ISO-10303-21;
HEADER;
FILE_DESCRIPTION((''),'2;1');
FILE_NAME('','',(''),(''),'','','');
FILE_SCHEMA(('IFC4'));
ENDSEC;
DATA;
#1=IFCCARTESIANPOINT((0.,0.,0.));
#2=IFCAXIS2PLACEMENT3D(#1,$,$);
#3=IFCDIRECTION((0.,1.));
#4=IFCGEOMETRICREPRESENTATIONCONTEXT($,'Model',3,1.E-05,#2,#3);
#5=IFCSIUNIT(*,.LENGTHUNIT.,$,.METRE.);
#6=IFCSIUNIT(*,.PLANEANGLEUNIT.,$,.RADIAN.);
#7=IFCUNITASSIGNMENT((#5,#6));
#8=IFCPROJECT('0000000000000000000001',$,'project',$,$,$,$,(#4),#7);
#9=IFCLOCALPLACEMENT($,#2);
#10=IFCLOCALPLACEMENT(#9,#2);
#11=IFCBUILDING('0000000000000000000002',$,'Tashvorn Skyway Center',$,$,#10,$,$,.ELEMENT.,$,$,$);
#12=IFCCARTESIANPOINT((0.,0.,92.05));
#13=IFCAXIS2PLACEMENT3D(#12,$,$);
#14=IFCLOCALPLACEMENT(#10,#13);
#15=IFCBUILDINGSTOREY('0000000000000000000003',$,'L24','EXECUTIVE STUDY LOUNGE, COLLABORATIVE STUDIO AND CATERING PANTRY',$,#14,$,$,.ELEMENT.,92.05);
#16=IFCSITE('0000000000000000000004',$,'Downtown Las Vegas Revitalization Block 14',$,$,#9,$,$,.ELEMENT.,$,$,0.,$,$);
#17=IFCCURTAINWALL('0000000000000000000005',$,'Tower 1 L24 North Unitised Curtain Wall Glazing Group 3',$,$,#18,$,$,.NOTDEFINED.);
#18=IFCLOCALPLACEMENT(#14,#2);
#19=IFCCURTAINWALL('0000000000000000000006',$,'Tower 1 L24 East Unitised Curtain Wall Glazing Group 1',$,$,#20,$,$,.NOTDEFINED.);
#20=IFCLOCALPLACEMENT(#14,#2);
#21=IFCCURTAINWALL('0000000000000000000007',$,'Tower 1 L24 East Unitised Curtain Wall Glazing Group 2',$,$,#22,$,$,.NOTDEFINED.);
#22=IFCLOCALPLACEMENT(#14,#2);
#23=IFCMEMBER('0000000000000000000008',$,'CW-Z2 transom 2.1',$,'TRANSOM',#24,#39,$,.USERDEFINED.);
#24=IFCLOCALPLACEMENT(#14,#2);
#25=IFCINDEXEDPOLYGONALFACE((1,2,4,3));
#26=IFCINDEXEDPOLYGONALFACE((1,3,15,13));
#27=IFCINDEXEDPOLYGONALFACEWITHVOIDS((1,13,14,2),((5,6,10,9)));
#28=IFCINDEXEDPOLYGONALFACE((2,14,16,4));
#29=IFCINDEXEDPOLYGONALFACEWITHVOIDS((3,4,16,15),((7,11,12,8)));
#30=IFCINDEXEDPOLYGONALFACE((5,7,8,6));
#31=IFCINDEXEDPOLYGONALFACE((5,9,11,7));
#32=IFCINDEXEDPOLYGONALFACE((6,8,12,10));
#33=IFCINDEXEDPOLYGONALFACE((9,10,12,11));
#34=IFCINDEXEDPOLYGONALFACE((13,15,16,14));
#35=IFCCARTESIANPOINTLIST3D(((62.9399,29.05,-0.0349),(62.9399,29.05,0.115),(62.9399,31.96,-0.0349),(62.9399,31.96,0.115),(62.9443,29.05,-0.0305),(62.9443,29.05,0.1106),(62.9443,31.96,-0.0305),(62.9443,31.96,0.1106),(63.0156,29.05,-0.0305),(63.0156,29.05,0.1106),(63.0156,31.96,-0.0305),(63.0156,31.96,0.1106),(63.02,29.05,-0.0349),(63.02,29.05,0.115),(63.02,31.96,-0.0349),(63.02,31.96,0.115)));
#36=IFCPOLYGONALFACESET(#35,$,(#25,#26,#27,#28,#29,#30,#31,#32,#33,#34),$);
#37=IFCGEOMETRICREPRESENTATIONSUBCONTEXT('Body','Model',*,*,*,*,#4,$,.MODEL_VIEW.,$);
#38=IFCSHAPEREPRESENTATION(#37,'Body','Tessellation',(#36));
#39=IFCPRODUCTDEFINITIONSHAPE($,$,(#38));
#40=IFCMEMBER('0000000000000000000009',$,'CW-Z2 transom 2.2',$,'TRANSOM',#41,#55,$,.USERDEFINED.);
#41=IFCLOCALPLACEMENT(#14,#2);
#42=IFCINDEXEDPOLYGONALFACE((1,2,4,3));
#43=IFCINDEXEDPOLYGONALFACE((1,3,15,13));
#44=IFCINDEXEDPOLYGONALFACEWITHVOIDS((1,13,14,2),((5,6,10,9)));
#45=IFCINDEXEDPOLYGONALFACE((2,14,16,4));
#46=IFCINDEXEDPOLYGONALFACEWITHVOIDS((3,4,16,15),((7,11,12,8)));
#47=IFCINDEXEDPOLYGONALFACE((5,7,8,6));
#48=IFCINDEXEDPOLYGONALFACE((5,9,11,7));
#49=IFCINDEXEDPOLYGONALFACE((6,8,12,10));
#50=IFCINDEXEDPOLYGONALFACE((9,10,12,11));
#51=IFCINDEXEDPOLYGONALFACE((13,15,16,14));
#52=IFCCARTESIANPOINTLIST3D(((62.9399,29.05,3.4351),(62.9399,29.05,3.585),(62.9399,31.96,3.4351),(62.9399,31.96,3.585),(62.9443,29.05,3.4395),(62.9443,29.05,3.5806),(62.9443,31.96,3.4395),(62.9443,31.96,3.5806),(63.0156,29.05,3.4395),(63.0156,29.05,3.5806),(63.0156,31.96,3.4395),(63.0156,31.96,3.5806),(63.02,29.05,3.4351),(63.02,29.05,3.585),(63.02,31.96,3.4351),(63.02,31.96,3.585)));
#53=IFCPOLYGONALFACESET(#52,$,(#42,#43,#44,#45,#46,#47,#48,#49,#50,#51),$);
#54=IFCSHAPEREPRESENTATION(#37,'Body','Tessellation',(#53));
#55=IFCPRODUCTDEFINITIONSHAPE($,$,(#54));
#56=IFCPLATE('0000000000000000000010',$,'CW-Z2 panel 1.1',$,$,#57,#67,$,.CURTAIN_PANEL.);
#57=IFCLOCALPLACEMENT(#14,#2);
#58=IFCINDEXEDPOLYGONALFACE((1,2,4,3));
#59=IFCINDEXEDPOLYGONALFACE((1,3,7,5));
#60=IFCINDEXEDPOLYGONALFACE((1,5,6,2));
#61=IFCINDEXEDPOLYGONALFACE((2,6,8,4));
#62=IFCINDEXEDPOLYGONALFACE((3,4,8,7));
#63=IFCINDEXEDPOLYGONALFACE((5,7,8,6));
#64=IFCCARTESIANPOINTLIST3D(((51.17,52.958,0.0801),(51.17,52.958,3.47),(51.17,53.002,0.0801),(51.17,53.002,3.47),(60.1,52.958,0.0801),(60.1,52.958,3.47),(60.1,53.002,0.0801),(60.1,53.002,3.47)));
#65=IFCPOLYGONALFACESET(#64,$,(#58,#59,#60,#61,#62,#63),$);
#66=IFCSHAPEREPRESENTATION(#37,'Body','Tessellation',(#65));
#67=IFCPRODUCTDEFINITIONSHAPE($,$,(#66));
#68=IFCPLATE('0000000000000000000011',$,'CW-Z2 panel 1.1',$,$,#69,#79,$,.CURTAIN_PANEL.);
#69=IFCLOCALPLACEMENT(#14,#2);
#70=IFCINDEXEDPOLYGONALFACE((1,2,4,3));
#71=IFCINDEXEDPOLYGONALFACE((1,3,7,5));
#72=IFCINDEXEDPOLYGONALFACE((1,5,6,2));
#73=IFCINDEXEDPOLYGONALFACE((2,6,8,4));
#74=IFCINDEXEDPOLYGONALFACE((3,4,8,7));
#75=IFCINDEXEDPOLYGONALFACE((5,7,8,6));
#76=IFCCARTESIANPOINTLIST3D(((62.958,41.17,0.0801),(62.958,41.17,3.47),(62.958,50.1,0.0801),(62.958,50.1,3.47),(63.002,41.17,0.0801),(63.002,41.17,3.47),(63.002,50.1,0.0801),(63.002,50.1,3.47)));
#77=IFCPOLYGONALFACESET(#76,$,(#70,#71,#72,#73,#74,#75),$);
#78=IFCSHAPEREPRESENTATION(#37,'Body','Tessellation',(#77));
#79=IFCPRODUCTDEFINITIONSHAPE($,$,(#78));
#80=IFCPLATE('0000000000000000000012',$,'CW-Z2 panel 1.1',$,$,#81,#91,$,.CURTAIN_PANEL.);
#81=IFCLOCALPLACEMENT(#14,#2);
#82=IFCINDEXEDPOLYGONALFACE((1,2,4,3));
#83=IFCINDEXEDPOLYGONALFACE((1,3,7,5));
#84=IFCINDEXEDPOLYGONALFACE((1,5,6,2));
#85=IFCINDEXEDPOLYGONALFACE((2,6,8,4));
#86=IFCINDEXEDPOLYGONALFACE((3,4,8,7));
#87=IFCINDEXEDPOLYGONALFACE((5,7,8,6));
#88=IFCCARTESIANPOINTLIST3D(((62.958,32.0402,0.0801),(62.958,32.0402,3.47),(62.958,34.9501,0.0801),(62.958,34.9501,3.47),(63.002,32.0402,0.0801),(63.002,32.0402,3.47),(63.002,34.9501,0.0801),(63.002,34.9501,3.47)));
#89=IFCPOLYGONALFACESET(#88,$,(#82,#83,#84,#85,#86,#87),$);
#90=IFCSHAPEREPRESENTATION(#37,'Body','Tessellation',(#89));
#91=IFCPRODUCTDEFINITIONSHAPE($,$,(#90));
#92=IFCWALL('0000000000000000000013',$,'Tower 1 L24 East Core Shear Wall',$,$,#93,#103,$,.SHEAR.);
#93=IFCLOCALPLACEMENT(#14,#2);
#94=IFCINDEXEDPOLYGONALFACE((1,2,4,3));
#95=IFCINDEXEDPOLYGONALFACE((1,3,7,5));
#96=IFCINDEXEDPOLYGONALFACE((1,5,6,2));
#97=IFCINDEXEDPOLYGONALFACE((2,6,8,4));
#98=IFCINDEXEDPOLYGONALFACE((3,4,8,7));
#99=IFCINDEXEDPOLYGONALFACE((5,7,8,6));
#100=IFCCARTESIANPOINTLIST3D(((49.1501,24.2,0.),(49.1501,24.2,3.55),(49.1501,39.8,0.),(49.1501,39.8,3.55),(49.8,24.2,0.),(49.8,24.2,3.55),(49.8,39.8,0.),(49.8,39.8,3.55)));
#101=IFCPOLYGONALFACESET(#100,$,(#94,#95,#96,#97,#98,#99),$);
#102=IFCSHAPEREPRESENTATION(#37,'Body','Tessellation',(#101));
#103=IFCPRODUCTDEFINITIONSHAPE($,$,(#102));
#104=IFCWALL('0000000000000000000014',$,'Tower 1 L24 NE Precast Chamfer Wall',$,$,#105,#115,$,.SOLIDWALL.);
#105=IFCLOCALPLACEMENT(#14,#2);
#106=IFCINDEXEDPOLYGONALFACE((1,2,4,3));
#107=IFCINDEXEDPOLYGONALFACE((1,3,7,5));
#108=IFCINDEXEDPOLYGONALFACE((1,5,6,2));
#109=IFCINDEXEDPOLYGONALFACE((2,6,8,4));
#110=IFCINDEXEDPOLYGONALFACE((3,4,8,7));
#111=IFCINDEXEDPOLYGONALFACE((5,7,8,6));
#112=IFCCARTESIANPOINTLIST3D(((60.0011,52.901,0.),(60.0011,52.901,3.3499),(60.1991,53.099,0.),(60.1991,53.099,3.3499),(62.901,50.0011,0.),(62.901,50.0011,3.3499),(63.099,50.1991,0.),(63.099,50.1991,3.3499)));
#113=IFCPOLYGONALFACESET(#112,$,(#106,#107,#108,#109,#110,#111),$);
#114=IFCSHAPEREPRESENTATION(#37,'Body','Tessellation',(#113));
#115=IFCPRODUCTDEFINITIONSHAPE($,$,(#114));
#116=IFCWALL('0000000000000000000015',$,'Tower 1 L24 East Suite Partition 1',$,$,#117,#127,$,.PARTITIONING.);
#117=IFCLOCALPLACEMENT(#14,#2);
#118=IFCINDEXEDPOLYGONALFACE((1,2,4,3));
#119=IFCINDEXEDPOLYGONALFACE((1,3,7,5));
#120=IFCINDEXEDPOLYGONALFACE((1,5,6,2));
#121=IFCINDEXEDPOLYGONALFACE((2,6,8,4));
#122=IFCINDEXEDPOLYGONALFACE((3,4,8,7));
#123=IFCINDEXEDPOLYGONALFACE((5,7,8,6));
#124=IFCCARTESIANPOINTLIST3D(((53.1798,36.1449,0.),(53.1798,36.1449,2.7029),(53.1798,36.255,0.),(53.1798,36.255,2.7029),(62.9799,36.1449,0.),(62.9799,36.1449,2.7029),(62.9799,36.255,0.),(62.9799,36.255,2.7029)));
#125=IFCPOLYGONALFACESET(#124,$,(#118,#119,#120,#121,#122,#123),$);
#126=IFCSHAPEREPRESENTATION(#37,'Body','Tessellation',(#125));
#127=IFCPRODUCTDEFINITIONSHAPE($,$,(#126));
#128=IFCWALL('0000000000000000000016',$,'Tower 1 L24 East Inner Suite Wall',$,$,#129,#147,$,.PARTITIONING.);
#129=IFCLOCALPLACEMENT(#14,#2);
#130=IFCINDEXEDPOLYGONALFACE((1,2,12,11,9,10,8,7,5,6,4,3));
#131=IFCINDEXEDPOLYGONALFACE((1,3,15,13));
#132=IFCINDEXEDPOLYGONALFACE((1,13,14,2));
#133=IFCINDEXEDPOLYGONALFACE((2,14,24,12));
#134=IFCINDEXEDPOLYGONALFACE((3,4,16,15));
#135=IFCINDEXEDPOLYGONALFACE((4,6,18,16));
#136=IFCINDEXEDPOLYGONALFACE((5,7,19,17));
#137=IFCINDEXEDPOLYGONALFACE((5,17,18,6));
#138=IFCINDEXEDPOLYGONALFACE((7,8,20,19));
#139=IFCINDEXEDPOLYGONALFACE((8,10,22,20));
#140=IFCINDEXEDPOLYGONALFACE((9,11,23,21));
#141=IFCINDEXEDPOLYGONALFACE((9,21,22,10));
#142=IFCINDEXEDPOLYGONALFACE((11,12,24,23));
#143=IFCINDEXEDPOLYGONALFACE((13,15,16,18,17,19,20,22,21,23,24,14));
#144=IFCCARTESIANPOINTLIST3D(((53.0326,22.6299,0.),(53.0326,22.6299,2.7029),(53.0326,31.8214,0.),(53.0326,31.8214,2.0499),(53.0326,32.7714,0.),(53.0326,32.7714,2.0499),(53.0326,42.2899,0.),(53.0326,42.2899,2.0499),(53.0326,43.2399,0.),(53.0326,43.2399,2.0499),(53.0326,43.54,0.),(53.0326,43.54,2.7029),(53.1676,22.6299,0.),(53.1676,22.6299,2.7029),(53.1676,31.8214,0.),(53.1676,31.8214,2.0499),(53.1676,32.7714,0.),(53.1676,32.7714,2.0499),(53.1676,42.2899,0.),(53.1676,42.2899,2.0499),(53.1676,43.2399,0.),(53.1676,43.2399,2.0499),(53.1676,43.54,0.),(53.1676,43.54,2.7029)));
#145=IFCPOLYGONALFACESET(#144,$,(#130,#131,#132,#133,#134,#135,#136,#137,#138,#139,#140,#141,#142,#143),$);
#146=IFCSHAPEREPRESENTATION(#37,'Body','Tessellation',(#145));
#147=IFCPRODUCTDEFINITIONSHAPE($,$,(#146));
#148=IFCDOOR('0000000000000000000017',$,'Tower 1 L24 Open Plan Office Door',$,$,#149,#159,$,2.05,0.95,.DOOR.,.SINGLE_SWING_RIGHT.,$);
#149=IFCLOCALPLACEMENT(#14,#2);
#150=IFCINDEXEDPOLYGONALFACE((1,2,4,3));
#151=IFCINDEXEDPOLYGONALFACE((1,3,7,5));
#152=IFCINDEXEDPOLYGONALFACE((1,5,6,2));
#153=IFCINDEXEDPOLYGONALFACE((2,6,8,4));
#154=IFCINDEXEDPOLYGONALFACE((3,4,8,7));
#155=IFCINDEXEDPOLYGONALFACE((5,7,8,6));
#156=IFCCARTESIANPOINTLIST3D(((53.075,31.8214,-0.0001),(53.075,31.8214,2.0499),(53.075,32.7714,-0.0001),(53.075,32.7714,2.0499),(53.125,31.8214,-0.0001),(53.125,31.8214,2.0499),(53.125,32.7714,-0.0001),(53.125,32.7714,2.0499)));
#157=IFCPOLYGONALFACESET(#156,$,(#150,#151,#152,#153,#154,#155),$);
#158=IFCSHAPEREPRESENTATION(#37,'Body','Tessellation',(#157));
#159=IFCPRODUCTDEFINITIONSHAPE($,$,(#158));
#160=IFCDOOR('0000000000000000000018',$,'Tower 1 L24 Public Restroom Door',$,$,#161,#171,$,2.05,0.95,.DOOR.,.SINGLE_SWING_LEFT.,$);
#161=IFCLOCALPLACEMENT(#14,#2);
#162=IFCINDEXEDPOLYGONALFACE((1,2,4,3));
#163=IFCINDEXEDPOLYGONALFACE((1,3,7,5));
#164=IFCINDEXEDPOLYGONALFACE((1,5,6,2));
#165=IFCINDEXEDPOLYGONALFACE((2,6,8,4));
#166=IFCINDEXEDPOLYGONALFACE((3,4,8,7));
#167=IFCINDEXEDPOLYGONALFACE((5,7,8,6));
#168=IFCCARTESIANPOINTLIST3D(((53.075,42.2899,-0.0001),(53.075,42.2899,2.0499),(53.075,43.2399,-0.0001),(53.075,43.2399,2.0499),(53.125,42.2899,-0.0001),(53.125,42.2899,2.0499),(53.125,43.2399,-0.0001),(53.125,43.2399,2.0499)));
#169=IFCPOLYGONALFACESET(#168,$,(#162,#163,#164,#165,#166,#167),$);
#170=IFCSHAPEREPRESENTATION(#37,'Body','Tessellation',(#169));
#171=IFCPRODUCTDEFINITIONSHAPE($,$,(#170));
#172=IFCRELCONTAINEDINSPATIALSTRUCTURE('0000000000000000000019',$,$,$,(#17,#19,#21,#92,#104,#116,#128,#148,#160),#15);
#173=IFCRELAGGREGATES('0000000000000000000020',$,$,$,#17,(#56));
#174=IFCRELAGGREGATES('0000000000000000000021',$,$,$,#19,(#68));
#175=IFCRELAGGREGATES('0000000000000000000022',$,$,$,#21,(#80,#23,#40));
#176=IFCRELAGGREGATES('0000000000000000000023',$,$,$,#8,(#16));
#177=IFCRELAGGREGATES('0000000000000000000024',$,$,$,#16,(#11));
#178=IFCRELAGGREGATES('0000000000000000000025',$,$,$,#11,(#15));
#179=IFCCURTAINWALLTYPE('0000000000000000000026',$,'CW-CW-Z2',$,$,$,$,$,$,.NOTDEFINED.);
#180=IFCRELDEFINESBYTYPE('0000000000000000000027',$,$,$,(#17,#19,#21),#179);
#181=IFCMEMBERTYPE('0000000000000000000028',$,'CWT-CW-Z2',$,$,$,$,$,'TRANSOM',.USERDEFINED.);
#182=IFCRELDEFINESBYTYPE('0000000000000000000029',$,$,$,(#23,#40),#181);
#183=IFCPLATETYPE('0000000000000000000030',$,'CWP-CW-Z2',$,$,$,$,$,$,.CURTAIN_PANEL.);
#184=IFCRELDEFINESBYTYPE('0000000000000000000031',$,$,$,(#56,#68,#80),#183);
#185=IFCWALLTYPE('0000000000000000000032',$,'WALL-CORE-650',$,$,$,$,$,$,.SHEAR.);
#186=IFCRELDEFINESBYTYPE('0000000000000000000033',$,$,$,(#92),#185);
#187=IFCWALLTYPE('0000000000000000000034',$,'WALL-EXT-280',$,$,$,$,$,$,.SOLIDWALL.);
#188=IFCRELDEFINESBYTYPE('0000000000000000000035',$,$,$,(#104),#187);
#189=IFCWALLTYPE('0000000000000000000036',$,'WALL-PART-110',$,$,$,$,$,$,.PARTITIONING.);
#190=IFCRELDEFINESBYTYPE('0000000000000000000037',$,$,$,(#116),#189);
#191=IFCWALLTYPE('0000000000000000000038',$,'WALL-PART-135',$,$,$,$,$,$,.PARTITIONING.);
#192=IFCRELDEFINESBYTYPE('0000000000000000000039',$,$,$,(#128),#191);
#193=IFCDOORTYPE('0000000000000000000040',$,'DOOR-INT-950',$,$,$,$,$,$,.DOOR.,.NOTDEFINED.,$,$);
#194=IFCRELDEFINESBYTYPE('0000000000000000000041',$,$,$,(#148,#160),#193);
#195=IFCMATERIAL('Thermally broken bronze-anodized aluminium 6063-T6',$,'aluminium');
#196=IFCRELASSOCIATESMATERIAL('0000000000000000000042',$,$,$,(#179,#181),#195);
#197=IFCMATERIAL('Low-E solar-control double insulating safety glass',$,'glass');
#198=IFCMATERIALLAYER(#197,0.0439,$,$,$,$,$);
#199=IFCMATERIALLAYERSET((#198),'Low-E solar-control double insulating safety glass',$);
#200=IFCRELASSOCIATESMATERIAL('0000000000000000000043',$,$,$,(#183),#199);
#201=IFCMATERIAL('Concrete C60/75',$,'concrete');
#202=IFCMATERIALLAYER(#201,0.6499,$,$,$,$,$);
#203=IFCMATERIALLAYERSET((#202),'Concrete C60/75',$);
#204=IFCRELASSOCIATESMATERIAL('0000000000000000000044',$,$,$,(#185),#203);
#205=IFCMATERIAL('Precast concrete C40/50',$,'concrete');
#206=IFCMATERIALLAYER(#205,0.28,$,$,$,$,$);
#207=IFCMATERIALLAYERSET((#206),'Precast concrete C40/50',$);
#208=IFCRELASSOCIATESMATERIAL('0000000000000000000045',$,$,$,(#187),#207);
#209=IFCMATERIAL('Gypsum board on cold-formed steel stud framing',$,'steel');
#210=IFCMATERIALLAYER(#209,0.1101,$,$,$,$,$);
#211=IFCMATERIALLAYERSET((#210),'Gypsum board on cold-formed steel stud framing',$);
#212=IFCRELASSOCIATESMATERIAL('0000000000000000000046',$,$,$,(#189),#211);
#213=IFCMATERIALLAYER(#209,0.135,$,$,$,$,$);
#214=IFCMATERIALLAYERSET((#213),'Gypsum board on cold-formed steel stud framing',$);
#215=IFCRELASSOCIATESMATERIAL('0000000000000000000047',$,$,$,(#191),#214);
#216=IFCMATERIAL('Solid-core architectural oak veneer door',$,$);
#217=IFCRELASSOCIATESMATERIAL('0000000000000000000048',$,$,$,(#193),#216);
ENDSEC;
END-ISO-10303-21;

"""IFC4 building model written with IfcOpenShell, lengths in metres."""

from ifc_helpers import new_model, si_unit, direction, frame, frame_2d, origin, origin_2d, place, context, subcontext, project, spatial, rectangle, hollow_rectangle, extrude, material, layer, layer_set, material_profile, profile_set, type_object, element, fill, aggregate, save


model = new_model("IFC4")

# Units and contexts
model_context = context("Model", 3, precision=1e-05, world=origin(), true_north=direction((0.0, 1.0)))
body_context = subcontext(model_context, "Body", "Model", "MODEL_VIEW")
ifc_project = project(units=[si_unit("LENGTHUNIT", "METRE"), si_unit("PLANEANGLEUNIT", "RADIAN")], contexts=[model_context])

# Site, building, storey
site_placement = place(None, origin())
site = spatial("IfcSite", under=ifc_project, at=site_placement, Name="Downtown Las Vegas Revitalization Block 14", CompositionType="ELEMENT", RefElevation=0.0)
building_placement = place(site_placement, origin())
building = spatial("IfcBuilding", under=site, at=building_placement, Name="Tashvorn Skyway Center", CompositionType="ELEMENT")
storey_placement = place(building_placement, frame((0.0, 0.0, 92.05)))
storey = spatial("IfcBuildingStorey", under=building, at=storey_placement, Name="L24", Description="EXECUTIVE STUDY LOUNGE, COLLABORATIVE STUDIO AND CATERING PANTRY", CompositionType="ELEMENT", Elevation=92.05)

# Curtain walls
ifc_material_1 = material(Name="Thermally broken bronze-anodized aluminium 6063-T6", Category="aluminium")
curtain_wall_type = type_object("IfcCurtainWallType", Name="CW-CW-Z2", PredefinedType="NOTDEFINED", material=ifc_material_1)
curtain_wall_1_placement = place(storey_placement, origin())
curtain_wall_1 = element("IfcCurtainWall", 1, at=curtain_wall_1_placement, inside=storey, type_object=curtain_wall_type, Name="Tower 1 L24 North Unitised Curtain Wall Glazing Group 3", PredefinedType="NOTDEFINED")
curtain_wall_2_placement = place(storey_placement, origin())
curtain_wall_2 = element("IfcCurtainWall", 2, at=curtain_wall_2_placement, inside=storey, type_object=curtain_wall_type, Name="Tower 1 L24 East Unitised Curtain Wall Glazing Group 1", PredefinedType="NOTDEFINED")
curtain_wall_3_placement = place(storey_placement, origin())
curtain_wall_3 = element("IfcCurtainWall", 3, at=curtain_wall_3_placement, inside=storey, type_object=curtain_wall_type, Name="Tower 1 L24 East Unitised Curtain Wall Glazing Group 2", PredefinedType="NOTDEFINED")

# Members
ifc_material_profile_1 = material_profile(ifc_material_1, hollow_rectangle(XDim=0.0801, YDim=0.1499, WallThickness=0.0044, at=origin_2d()), Name="ALU-TRAN-80x150")
ifc_profile_set_1 = profile_set([ifc_material_profile_1], Name="Thermally broken bronze-anodized aluminium 6063-T6")
member_type_1 = type_object("IfcMemberType", Name="CWT-CW-Z2", ElementType="TRANSOM", PredefinedType="USERDEFINED", material=ifc_profile_set_1)
member_1_placement = place(storey_placement, frame((62.98, 31.96, 0.04), z_axis=(0.0, -1.0, 0.0), x_axis=(1.0, 0.0, 0.0)))
member_1 = element("IfcMember", 4, at=member_1_placement, type_object=member_type_1, Name="CW-Z2 transom 2.1", ObjectType="TRANSOM", PredefinedType="USERDEFINED", context=body_context, shape_type="SweptSolid", body=[
    extrude(hollow_rectangle(XDim=0.0801, YDim=0.1499, WallThickness=0.0044, at=origin_2d()), origin(), (0.0, 0.0, 1.0), 2.9099),
])
member_2_placement = place(storey_placement, frame((62.98, 31.96, 3.51), z_axis=(0.0, -1.0, 0.0), x_axis=(1.0, 0.0, 0.0)))
member_2 = element("IfcMember", 5, at=member_2_placement, type_object=member_type_1, Name="CW-Z2 transom 2.2", ObjectType="TRANSOM", PredefinedType="USERDEFINED", context=body_context, shape_type="SweptSolid", body=[
    extrude(hollow_rectangle(XDim=0.0801, YDim=0.1499, WallThickness=0.0044, at=origin_2d()), origin(), (0.0, 0.0, 1.0), 2.9099),
])

# Plates
ifc_material_2 = material(Name="Low-E solar-control double insulating safety glass", Category="glass")
ifc_layer_1 = layer(ifc_material_2, 0.0439)
ifc_layer_set_1 = layer_set([ifc_layer_1], Name="Low-E solar-control double insulating safety glass")
plate_type = type_object("IfcPlateType", Name="CWP-CW-Z2", PredefinedType="CURTAIN_PANEL", material=ifc_layer_set_1)
plate_1_placement = place(storey_placement, frame((55.635, 52.98, 0.0801), z_axis=(0.0, 0.0, 1.0), x_axis=(1.0, 0.0, 0.0)))
plate_1 = element("IfcPlate", 6, at=plate_1_placement, type_object=plate_type, Name="CW-Z2 panel 1.1", PredefinedType="CURTAIN_PANEL", context=body_context, shape_type="SweptSolid", body=[
    extrude(rectangle(XDim=8.9299, YDim=0.0439, at=origin_2d()), origin(), (0.0, 0.0, 1.0), 3.3899),
])
aggregate(curtain_wall_1, [plate_1])
plate_2_placement = place(storey_placement, frame((62.98, 45.635, 0.0801), z_axis=(0.0, 0.0, 1.0), x_axis=(0.0, -1.0, 0.0)))
plate_2 = element("IfcPlate", 7, at=plate_2_placement, type_object=plate_type, Name="CW-Z2 panel 1.1", PredefinedType="CURTAIN_PANEL", context=body_context, shape_type="SweptSolid", body=[
    extrude(rectangle(XDim=8.9299, YDim=0.0439, at=origin_2d()), origin(), (0.0, 0.0, 1.0), 3.3899),
])
aggregate(curtain_wall_2, [plate_2])
plate_3_placement = place(storey_placement, frame((62.98, 33.4951, 0.0801), z_axis=(0.0, 0.0, 1.0), x_axis=(0.0, -1.0, 0.0)))
plate_3 = element("IfcPlate", 8, at=plate_3_placement, type_object=plate_type, Name="CW-Z2 panel 1.1", PredefinedType="CURTAIN_PANEL", context=body_context, shape_type="SweptSolid", body=[
    extrude(rectangle(XDim=2.9099, YDim=0.0439, at=origin_2d()), origin(), (0.0, 0.0, 1.0), 3.3899),
])
aggregate(curtain_wall_3, [plate_3, member_1, member_2])

# Walls
ifc_material_3 = material(Name="Concrete C60/75", Category="concrete")
ifc_layer_2 = layer(ifc_material_3, 0.6499)
ifc_layer_set_2 = layer_set([ifc_layer_2], Name="Concrete C60/75")
wall_type_1 = type_object("IfcWallType", Name="WALL-CORE-650", PredefinedType="SHEAR", material=ifc_layer_set_2)
wall_1_placement = place(storey_placement, frame((49.4751, 39.8, 0.0), z_axis=(0.0, 0.0, 1.0), x_axis=(0.0, -1.0, 0.0)))
element("IfcWall", 9, at=wall_1_placement, inside=storey, type_object=wall_type_1, Name="Tower 1 L24 East Core Shear Wall", PredefinedType="SHEAR", context=body_context, shape_type="SweptSolid", body=[
    extrude(rectangle(XDim=15.6001, YDim=0.6499, at=frame_2d((7.8, 0.0))), origin(), (0.0, 0.0, 1.0), 3.55),
])
ifc_material_4 = material(Name="Precast concrete C40/50", Category="concrete")
ifc_layer_3 = layer(ifc_material_4, 0.28)
ifc_layer_set_3 = layer_set([ifc_layer_3], Name="Precast concrete C40/50")
wall_type_2 = type_object("IfcWallType", Name="WALL-EXT-280", PredefinedType="SOLIDWALL", material=ifc_layer_set_3)
wall_2_placement = place(storey_placement, frame((60.1001, 53.0, 0.0), z_axis=(0.0, 0.0, 1.0), x_axis=(0.707107, -0.707107, 0.0)))
element("IfcWall", 10, at=wall_2_placement, inside=storey, type_object=wall_type_2, Name="Tower 1 L24 NE Precast Chamfer Wall", PredefinedType="SOLIDWALL", context=body_context, shape_type="SweptSolid", body=[
    extrude(rectangle(XDim=4.1011, YDim=0.28, at=frame_2d((2.0505, 0.0))), origin(), (0.0, 0.0, 1.0), 3.3499),
])
ifc_material_5 = material(Name="Gypsum board on cold-formed steel stud framing", Category="steel")
ifc_layer_4 = layer(ifc_material_5, 0.1101)
ifc_layer_set_4 = layer_set([ifc_layer_4], Name="Gypsum board on cold-formed steel stud framing")
wall_type_3 = type_object("IfcWallType", Name="WALL-PART-110", PredefinedType="PARTITIONING", material=ifc_layer_set_4)
wall_3_placement = place(storey_placement, frame((53.1799, 36.2, 0.0), z_axis=(0.0, 0.0, 1.0), x_axis=(1.0, 0.0, 0.0)))
element("IfcWall", 11, at=wall_3_placement, inside=storey, type_object=wall_type_3, Name="Tower 1 L24 East Suite Partition 1", PredefinedType="PARTITIONING", context=body_context, shape_type="SweptSolid", body=[
    extrude(rectangle(XDim=9.8, YDim=0.1101, at=frame_2d((4.8999, 0.0))), origin(), (0.0, 0.0, 1.0), 2.7029),
])

# Wall, openings, doors
ifc_layer_5 = layer(ifc_material_5, 0.135)
ifc_layer_set_5 = layer_set([ifc_layer_5], Name="Gypsum board on cold-formed steel stud framing")
wall_type_4 = type_object("IfcWallType", Name="WALL-PART-135", PredefinedType="PARTITIONING", material=ifc_layer_set_5)
wall_4_placement = place(storey_placement, frame((53.1001, 43.54, 0.0), z_axis=(0.0, 0.0, 1.0), x_axis=(0.0, -1.0, 0.0)))
wall_4 = element("IfcWall", 12, at=wall_4_placement, inside=storey, type_object=wall_type_4, Name="Tower 1 L24 East Inner Suite Wall", PredefinedType="PARTITIONING", context=body_context, shape_type="SweptSolid", body=[
    extrude(rectangle(XDim=20.9102, YDim=0.135, at=frame_2d((10.4551, 0.0))), origin(), (0.0, 0.0, 1.0), 2.7029),
])
opening_1_placement = place(wall_4_placement, frame((10.7686, 0.0, 0.0)))
opening_1 = element("IfcOpeningElement", 13, at=opening_1_placement, cuts=wall_4, PredefinedType="OPENING", context=body_context, shape_type="SweptSolid", body=[
    extrude(rectangle(XDim=0.95, YDim=2.05, at=frame_2d((0.4751, 1.0249))), frame((0.0, 0.0774, 0.0), z_axis=(0.0, -1.0, 0.0), x_axis=(1.0, 0.0, 0.0)), (0.0, 0.0, 1.0), 0.155),
])
opening_2_placement = place(wall_4_placement, frame((0.3, 0.0, 0.0)))
opening_2 = element("IfcOpeningElement", 14, at=opening_2_placement, cuts=wall_4, PredefinedType="OPENING", context=body_context, shape_type="SweptSolid", body=[
    extrude(rectangle(XDim=0.95, YDim=2.05, at=frame_2d((0.4751, 1.0249))), frame((0.0, 0.0774, 0.0), z_axis=(0.0, -1.0, 0.0), x_axis=(1.0, 0.0, 0.0)), (0.0, 0.0, 1.0), 0.155),
])
ifc_material_6 = material(Name="Solid-core architectural oak veneer door")
door_type = type_object("IfcDoorType", Name="DOOR-INT-950", OperationType="NOTDEFINED", PredefinedType="DOOR", material=ifc_material_6)
door_1_placement = place(opening_1_placement, origin())
door_1 = element("IfcDoor", 15, at=door_1_placement, inside=storey, type_object=door_type, Name="Tower 1 L24 Open Plan Office Door", OperationType="SINGLE_SWING_RIGHT", OverallHeight=2.05, OverallWidth=0.95, PredefinedType="DOOR", context=body_context, shape_type="SweptSolid", body=[
    extrude(rectangle(XDim=0.95, YDim=2.05, at=frame_2d((0.4751, 1.0249))), frame((0.0, 0.0249, 0.0), z_axis=(0.0, -1.0, 0.0), x_axis=(1.0, 0.0, 0.0)), (0.0, 0.0, 1.0), 0.05),
])
fill(opening_1, door_1)
door_2_placement = place(opening_2_placement, origin())
door_2 = element("IfcDoor", 16, at=door_2_placement, inside=storey, type_object=door_type, Name="Tower 1 L24 Public Restroom Door", OperationType="SINGLE_SWING_LEFT", OverallHeight=2.05, OverallWidth=0.95, PredefinedType="DOOR", context=body_context, shape_type="SweptSolid", body=[
    extrude(rectangle(XDim=0.95, YDim=2.05, at=frame_2d((0.4751, 1.0249))), frame((0.0, 0.0249, 0.0), z_axis=(0.0, -1.0, 0.0), x_axis=(1.0, 0.0, 0.0)), (0.0, 0.0, 1.0), 0.05),
])
fill(opening_2, door_2)

save(model, "model.ifc")
